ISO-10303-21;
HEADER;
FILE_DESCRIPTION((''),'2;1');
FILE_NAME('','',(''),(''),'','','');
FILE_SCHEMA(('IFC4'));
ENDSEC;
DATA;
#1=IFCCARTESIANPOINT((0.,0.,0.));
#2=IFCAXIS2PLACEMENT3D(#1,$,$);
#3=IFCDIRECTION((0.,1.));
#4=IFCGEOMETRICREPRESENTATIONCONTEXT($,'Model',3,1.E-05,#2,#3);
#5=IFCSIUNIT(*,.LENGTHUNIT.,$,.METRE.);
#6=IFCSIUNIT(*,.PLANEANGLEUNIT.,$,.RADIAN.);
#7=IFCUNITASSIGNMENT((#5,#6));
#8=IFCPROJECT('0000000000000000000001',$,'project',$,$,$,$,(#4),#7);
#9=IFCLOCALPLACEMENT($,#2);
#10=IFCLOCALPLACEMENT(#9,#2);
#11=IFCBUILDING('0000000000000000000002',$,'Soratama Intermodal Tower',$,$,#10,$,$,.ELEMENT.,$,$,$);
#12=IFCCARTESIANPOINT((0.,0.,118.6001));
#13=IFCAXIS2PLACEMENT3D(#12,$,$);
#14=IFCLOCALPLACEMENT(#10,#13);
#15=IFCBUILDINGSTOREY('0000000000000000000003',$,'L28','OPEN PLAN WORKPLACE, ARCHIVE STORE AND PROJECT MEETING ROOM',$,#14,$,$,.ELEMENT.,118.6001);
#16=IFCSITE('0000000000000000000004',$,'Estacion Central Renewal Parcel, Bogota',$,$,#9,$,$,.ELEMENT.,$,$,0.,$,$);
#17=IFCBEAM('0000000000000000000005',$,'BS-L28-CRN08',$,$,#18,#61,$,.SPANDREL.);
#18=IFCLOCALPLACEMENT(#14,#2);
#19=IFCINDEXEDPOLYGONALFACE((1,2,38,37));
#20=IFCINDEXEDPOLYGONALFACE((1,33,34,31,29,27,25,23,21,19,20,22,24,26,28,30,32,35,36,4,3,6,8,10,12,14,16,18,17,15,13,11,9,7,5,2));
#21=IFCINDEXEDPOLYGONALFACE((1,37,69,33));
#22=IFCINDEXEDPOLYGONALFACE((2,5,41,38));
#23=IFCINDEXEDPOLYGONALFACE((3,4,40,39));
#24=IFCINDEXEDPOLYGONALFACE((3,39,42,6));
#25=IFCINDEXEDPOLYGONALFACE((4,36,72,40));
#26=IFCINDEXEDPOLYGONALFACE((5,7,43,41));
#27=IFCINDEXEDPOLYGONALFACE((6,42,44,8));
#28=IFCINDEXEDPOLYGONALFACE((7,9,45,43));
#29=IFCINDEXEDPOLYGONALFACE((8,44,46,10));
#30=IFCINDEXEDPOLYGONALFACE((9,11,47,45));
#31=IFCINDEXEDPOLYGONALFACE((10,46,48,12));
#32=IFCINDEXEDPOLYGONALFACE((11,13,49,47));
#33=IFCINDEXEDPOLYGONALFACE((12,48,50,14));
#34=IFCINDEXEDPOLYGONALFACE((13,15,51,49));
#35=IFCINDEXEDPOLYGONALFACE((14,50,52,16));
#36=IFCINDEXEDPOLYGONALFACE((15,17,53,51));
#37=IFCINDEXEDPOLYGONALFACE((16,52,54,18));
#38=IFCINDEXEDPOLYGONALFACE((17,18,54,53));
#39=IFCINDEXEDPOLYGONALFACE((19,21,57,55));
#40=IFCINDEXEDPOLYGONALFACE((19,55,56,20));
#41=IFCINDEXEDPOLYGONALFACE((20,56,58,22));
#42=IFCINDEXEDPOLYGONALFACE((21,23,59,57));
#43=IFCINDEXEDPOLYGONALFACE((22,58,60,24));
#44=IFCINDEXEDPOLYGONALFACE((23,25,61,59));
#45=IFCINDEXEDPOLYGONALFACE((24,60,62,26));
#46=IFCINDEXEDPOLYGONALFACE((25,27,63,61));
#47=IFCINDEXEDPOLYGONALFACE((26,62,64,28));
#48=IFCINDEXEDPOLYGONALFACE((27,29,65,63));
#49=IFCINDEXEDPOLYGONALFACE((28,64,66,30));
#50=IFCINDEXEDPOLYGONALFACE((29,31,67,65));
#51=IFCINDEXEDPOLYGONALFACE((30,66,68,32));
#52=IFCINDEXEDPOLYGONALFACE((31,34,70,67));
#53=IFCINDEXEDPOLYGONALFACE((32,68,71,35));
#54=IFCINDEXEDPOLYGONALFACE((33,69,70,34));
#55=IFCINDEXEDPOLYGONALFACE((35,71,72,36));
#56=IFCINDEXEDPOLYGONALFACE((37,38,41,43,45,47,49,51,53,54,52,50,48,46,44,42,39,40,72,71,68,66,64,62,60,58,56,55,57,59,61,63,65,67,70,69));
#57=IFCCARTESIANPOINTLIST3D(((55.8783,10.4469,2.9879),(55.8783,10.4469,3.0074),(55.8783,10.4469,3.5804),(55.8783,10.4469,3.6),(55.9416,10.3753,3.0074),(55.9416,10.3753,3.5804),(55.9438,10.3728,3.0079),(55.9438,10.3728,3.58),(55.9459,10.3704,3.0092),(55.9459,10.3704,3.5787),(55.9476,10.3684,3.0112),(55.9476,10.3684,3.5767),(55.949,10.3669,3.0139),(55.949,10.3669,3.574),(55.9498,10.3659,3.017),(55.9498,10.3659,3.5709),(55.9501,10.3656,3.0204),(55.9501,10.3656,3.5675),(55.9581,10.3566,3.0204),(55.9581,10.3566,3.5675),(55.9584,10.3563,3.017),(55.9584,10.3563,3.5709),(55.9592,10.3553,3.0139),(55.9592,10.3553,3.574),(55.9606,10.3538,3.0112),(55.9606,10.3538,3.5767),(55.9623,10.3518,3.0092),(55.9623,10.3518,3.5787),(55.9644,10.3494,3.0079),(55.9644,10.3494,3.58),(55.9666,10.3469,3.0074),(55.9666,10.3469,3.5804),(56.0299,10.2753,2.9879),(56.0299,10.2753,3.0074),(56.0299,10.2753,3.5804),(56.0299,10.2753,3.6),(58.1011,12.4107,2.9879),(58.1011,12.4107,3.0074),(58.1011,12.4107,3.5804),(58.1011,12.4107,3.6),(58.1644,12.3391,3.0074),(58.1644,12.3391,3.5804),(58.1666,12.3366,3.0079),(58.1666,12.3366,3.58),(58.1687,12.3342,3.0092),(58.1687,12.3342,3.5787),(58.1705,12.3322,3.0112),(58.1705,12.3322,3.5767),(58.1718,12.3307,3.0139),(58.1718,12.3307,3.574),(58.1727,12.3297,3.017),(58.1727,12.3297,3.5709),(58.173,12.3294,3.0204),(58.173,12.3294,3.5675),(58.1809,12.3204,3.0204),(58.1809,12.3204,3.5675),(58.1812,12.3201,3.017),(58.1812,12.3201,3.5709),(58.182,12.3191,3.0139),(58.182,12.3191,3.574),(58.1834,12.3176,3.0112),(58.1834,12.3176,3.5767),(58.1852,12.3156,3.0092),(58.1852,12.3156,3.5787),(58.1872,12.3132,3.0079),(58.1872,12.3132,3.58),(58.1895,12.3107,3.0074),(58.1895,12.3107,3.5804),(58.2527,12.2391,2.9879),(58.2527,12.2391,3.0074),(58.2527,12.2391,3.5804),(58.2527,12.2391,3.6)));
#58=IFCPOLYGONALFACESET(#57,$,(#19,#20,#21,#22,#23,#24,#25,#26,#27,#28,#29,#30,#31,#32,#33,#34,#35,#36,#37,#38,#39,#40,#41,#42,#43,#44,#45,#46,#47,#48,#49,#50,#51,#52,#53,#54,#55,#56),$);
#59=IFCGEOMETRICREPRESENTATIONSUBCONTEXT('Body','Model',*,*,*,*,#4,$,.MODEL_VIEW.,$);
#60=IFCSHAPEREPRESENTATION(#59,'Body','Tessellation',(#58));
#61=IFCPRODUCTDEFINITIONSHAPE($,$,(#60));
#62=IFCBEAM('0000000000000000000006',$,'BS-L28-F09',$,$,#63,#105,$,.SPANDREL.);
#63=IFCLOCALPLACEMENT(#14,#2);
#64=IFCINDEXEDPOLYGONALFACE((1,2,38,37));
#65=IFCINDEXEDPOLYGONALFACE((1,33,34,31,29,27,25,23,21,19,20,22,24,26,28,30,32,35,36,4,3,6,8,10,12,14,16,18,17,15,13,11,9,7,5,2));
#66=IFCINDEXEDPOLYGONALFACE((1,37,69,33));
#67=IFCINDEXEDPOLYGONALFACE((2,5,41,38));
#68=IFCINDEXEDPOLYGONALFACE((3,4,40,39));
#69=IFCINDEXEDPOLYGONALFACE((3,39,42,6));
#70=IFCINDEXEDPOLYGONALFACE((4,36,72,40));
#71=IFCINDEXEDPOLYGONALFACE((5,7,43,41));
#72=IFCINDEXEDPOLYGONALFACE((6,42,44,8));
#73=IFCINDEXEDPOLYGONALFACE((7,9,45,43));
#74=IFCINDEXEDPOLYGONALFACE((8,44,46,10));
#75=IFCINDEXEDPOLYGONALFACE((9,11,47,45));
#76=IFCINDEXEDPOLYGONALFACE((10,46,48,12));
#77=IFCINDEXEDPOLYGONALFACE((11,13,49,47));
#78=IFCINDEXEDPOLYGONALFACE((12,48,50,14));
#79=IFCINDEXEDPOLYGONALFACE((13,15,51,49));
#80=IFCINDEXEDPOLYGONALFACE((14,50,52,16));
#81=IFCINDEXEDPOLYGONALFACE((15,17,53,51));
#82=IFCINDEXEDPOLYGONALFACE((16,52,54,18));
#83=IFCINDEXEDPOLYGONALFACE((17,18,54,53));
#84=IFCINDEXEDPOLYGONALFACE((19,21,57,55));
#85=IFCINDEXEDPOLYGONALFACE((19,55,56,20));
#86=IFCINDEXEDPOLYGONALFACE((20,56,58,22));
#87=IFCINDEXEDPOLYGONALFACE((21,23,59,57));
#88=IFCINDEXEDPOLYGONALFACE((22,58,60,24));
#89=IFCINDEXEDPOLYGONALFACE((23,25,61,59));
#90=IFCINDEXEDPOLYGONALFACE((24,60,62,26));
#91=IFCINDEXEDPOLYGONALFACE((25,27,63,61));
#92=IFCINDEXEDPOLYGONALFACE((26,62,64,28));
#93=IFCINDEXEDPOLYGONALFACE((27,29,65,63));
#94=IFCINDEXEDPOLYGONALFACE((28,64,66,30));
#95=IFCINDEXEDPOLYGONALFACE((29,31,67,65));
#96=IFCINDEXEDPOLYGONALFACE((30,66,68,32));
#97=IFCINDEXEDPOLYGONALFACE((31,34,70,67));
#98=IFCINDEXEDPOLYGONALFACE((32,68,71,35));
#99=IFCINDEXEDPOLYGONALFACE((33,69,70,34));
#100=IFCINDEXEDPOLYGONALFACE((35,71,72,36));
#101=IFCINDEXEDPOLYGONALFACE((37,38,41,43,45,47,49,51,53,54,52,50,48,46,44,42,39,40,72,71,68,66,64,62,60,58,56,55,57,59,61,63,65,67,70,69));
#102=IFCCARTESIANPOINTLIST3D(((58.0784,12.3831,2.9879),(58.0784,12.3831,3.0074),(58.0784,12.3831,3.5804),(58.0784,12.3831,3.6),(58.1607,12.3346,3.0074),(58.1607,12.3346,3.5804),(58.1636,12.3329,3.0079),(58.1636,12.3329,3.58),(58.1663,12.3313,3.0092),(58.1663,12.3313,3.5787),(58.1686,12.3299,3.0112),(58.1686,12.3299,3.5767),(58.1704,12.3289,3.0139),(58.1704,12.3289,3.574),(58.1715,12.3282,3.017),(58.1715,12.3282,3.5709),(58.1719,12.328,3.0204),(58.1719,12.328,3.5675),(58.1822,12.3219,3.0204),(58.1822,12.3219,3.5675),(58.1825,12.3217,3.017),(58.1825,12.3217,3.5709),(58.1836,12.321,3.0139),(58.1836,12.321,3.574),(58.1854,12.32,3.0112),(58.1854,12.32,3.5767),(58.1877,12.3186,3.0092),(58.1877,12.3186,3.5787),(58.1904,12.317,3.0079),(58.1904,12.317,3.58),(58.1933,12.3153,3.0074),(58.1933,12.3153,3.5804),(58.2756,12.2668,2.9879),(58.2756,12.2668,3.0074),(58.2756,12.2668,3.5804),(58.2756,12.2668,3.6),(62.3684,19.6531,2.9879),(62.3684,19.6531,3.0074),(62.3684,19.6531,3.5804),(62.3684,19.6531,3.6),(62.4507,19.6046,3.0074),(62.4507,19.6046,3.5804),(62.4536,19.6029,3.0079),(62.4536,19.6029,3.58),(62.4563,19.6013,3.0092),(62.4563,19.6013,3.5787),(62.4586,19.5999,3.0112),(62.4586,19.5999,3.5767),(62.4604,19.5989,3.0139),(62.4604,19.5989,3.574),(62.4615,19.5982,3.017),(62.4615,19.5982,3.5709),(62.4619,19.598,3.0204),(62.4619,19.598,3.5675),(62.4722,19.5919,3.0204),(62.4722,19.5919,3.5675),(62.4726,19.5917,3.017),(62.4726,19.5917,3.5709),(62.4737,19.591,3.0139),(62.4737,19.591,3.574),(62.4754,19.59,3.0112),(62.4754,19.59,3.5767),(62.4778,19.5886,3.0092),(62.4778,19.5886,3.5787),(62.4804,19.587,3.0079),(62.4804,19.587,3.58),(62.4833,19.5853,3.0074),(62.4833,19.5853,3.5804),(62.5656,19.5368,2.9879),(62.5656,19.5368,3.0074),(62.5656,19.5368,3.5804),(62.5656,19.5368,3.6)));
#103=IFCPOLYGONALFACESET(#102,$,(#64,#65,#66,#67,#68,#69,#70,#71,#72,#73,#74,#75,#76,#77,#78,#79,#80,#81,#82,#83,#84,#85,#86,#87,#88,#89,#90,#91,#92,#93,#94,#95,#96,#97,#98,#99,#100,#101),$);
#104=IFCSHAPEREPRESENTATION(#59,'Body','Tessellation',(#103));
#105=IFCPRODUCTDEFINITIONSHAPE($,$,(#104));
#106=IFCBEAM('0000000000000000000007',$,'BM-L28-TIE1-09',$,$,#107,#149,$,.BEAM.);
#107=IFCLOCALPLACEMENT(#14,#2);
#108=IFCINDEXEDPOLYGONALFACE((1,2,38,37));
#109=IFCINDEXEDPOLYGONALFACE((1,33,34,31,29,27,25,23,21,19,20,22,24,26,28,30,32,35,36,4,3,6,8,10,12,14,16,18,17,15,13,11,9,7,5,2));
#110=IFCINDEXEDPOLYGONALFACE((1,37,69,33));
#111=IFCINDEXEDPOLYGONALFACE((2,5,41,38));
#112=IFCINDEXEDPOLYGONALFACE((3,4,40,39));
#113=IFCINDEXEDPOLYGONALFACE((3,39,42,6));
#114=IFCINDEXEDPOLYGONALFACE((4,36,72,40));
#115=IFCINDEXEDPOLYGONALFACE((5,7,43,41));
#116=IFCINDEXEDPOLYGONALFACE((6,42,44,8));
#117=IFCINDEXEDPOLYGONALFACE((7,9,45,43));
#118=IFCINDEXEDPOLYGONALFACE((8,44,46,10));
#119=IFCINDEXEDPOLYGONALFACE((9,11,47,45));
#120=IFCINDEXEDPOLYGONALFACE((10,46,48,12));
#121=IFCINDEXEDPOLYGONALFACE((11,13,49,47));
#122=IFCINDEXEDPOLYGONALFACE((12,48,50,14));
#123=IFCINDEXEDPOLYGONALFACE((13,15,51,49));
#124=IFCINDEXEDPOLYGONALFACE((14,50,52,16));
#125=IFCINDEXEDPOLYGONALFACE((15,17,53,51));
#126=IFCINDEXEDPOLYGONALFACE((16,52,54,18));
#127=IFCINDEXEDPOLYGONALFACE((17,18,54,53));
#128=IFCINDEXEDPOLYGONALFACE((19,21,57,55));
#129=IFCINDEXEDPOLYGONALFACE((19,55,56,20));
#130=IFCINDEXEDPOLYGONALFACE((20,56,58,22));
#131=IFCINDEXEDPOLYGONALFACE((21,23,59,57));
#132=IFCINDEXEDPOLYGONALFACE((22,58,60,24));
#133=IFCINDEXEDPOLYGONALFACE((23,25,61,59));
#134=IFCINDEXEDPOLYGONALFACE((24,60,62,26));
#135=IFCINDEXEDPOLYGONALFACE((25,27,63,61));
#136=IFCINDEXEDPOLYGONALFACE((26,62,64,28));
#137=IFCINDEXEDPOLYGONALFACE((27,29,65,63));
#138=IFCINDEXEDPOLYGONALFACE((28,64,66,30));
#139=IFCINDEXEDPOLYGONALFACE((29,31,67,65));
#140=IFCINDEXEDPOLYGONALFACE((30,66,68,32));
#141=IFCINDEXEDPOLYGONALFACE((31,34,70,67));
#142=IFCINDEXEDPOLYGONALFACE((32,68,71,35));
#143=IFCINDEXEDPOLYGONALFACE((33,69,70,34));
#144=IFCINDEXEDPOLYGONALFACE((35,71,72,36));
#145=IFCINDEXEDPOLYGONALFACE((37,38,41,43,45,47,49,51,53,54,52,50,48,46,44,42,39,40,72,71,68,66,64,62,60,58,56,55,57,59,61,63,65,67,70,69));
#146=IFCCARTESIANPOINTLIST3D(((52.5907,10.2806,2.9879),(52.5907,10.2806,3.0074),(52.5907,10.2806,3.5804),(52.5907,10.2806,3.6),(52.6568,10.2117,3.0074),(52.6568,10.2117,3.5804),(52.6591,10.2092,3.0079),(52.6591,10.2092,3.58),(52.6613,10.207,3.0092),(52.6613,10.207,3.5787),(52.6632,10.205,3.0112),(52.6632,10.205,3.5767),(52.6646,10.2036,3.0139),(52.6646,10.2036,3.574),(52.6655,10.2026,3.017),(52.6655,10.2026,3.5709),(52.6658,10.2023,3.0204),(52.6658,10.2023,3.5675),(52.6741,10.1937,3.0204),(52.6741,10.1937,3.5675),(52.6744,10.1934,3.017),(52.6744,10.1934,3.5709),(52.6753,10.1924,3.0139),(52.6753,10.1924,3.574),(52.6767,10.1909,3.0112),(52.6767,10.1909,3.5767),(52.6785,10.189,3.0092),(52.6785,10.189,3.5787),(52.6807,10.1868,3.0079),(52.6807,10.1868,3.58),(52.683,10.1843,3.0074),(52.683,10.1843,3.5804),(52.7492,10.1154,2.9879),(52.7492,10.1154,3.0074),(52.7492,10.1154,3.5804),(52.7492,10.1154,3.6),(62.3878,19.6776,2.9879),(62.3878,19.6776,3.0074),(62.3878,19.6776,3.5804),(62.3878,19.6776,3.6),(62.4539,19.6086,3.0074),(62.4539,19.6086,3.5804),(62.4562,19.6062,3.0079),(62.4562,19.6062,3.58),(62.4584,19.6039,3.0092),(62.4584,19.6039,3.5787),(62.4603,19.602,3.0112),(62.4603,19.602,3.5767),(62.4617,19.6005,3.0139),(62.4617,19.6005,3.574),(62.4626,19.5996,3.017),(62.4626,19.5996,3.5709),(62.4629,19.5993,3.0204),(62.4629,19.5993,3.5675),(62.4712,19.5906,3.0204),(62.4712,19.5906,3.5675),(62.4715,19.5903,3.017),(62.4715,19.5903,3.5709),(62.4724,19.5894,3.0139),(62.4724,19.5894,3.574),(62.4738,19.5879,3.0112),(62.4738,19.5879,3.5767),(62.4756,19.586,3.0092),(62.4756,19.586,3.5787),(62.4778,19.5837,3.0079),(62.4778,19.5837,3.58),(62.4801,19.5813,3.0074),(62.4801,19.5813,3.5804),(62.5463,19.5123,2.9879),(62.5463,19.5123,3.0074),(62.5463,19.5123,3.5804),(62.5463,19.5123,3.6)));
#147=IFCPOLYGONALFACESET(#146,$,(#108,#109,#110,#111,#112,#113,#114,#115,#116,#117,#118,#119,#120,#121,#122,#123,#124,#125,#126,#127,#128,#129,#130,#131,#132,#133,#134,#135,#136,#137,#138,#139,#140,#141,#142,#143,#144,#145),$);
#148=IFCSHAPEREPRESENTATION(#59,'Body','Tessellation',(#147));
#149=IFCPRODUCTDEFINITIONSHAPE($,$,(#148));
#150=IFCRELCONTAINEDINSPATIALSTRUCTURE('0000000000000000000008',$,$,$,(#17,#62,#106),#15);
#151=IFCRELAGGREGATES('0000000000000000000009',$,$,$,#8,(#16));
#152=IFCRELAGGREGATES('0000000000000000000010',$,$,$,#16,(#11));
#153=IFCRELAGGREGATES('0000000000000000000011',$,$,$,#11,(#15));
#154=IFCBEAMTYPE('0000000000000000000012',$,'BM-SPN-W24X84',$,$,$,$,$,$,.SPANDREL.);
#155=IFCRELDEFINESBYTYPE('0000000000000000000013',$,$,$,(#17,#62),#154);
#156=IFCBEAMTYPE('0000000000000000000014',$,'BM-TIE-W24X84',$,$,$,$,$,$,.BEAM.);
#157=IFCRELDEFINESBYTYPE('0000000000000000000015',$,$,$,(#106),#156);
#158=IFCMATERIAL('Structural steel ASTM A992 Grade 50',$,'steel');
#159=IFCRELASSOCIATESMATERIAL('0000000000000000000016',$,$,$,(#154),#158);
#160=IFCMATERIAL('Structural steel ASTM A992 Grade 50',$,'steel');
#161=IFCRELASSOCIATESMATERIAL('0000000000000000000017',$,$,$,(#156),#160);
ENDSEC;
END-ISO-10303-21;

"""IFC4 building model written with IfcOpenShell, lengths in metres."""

from ifc_helpers import new_model, si_unit, direction, frame, origin, origin_2d, place, context, subcontext, project, spatial, i_section, extrude, material, material_profile, profile_set, type_object, element, save


model = new_model("IFC4")

# Units and contexts
model_context = context("Model", 3, precision=1e-05, world=origin(), true_north=direction((0.0, 1.0)))
body_context = subcontext(model_context, "Body", "Model", "MODEL_VIEW")
ifc_project = project(units=[si_unit("LENGTHUNIT", "METRE"), si_unit("PLANEANGLEUNIT", "RADIAN")], contexts=[model_context])

# Site, building, storey
site_placement = place(None, origin())
site = spatial("IfcSite", under=ifc_project, at=site_placement, Name="Estacion Central Renewal Parcel, Bogota", CompositionType="ELEMENT", RefElevation=0.0)
building_placement = place(site_placement, origin())
building = spatial("IfcBuilding", under=site, at=building_placement, Name="Soratama Intermodal Tower", CompositionType="ELEMENT")
storey_placement = place(building_placement, frame((0.0, 0.0, 118.6001)))
storey = spatial("IfcBuildingStorey", under=building, at=storey_placement, Name="L28", Description="OPEN PLAN WORKPLACE, ARCHIVE STORE AND PROJECT MEETING ROOM", CompositionType="ELEMENT", Elevation=118.6001)

# Beams
ifc_material_1 = material(Name="Structural steel ASTM A992 Grade 50", Category="steel")
ifc_material_profile_1 = material_profile(ifc_material_1, i_section(OverallWidth=0.229, OverallDepth=0.6121, WebThickness=0.012, FlangeThickness=0.0195, FilletRadius=0.0129, at=origin_2d()), Name="W24X84")
ifc_profile_set_1 = profile_set([ifc_material_profile_1], Name="Structural steel ASTM A992 Grade 50")
beam_type_1 = type_object("IfcBeamType", Name="BM-SPN-W24X84", PredefinedType="SPANDREL", material=ifc_profile_set_1)
beam_1_placement = place(storey_placement, frame((55.9541, 10.3611, 3.2939), z_axis=(0.749422, 0.662092, 0.0), x_axis=(-0.662092, 0.749422, 0.0)))
element("IfcBeam", 1, at=beam_1_placement, inside=storey, type_object=beam_type_1, Name="BS-L28-CRN08", PredefinedType="SPANDREL", context=body_context, shape_type="SweptSolid", body=[
    extrude(i_section(OverallWidth=0.229, OverallDepth=0.6121, WebThickness=0.012, FlangeThickness=0.0195, FilletRadius=0.0129, at=origin_2d()), origin(), (0.0, 0.0, 1.0), 2.9661),
])
beam_2_placement = place(storey_placement, frame((58.177, 12.325, 3.2939), z_axis=(0.508213, 0.861232, 0.0), x_axis=(-0.861232, 0.508213, 0.0)))
element("IfcBeam", 2, at=beam_2_placement, inside=storey, type_object=beam_type_1, Name="BS-L28-F09", PredefinedType="SPANDREL", context=body_context, shape_type="SweptSolid", body=[
    extrude(i_section(OverallWidth=0.229, OverallDepth=0.6121, WebThickness=0.012, FlangeThickness=0.0195, FilletRadius=0.0129, at=origin_2d()), origin(), (0.0, 0.0, 1.0), 8.4414),
])
ifc_material_2 = material(Name="Structural steel ASTM A992 Grade 50", Category="steel")
ifc_material_profile_2 = material_profile(ifc_material_2, i_section(OverallWidth=0.229, OverallDepth=0.6121, WebThickness=0.012, FlangeThickness=0.0195, FilletRadius=0.0129, at=origin_2d()), Name="W24X84")
ifc_profile_set_2 = profile_set([ifc_material_profile_2], Name="Structural steel ASTM A992 Grade 50")
beam_type_2 = type_object("IfcBeamType", Name="BM-TIE-W24X84", PredefinedType="BEAM", material=ifc_profile_set_2)
beam_3_placement = place(storey_placement, frame((52.6699, 10.198, 3.2939), z_axis=(0.721691, 0.692215, 0.0), x_axis=(-0.692215, 0.721691, 0.0)))
element("IfcBeam", 3, at=beam_3_placement, inside=storey, type_object=beam_type_2, Name="BM-L28-TIE1-09", PredefinedType="BEAM", context=body_context, shape_type="SweptSolid", body=[
    extrude(i_section(OverallWidth=0.229, OverallDepth=0.6121, WebThickness=0.012, FlangeThickness=0.0195, FilletRadius=0.0129, at=origin_2d()), origin(), (0.0, 0.0, 1.0), 13.5752),
])

save(model, "model.ifc")
